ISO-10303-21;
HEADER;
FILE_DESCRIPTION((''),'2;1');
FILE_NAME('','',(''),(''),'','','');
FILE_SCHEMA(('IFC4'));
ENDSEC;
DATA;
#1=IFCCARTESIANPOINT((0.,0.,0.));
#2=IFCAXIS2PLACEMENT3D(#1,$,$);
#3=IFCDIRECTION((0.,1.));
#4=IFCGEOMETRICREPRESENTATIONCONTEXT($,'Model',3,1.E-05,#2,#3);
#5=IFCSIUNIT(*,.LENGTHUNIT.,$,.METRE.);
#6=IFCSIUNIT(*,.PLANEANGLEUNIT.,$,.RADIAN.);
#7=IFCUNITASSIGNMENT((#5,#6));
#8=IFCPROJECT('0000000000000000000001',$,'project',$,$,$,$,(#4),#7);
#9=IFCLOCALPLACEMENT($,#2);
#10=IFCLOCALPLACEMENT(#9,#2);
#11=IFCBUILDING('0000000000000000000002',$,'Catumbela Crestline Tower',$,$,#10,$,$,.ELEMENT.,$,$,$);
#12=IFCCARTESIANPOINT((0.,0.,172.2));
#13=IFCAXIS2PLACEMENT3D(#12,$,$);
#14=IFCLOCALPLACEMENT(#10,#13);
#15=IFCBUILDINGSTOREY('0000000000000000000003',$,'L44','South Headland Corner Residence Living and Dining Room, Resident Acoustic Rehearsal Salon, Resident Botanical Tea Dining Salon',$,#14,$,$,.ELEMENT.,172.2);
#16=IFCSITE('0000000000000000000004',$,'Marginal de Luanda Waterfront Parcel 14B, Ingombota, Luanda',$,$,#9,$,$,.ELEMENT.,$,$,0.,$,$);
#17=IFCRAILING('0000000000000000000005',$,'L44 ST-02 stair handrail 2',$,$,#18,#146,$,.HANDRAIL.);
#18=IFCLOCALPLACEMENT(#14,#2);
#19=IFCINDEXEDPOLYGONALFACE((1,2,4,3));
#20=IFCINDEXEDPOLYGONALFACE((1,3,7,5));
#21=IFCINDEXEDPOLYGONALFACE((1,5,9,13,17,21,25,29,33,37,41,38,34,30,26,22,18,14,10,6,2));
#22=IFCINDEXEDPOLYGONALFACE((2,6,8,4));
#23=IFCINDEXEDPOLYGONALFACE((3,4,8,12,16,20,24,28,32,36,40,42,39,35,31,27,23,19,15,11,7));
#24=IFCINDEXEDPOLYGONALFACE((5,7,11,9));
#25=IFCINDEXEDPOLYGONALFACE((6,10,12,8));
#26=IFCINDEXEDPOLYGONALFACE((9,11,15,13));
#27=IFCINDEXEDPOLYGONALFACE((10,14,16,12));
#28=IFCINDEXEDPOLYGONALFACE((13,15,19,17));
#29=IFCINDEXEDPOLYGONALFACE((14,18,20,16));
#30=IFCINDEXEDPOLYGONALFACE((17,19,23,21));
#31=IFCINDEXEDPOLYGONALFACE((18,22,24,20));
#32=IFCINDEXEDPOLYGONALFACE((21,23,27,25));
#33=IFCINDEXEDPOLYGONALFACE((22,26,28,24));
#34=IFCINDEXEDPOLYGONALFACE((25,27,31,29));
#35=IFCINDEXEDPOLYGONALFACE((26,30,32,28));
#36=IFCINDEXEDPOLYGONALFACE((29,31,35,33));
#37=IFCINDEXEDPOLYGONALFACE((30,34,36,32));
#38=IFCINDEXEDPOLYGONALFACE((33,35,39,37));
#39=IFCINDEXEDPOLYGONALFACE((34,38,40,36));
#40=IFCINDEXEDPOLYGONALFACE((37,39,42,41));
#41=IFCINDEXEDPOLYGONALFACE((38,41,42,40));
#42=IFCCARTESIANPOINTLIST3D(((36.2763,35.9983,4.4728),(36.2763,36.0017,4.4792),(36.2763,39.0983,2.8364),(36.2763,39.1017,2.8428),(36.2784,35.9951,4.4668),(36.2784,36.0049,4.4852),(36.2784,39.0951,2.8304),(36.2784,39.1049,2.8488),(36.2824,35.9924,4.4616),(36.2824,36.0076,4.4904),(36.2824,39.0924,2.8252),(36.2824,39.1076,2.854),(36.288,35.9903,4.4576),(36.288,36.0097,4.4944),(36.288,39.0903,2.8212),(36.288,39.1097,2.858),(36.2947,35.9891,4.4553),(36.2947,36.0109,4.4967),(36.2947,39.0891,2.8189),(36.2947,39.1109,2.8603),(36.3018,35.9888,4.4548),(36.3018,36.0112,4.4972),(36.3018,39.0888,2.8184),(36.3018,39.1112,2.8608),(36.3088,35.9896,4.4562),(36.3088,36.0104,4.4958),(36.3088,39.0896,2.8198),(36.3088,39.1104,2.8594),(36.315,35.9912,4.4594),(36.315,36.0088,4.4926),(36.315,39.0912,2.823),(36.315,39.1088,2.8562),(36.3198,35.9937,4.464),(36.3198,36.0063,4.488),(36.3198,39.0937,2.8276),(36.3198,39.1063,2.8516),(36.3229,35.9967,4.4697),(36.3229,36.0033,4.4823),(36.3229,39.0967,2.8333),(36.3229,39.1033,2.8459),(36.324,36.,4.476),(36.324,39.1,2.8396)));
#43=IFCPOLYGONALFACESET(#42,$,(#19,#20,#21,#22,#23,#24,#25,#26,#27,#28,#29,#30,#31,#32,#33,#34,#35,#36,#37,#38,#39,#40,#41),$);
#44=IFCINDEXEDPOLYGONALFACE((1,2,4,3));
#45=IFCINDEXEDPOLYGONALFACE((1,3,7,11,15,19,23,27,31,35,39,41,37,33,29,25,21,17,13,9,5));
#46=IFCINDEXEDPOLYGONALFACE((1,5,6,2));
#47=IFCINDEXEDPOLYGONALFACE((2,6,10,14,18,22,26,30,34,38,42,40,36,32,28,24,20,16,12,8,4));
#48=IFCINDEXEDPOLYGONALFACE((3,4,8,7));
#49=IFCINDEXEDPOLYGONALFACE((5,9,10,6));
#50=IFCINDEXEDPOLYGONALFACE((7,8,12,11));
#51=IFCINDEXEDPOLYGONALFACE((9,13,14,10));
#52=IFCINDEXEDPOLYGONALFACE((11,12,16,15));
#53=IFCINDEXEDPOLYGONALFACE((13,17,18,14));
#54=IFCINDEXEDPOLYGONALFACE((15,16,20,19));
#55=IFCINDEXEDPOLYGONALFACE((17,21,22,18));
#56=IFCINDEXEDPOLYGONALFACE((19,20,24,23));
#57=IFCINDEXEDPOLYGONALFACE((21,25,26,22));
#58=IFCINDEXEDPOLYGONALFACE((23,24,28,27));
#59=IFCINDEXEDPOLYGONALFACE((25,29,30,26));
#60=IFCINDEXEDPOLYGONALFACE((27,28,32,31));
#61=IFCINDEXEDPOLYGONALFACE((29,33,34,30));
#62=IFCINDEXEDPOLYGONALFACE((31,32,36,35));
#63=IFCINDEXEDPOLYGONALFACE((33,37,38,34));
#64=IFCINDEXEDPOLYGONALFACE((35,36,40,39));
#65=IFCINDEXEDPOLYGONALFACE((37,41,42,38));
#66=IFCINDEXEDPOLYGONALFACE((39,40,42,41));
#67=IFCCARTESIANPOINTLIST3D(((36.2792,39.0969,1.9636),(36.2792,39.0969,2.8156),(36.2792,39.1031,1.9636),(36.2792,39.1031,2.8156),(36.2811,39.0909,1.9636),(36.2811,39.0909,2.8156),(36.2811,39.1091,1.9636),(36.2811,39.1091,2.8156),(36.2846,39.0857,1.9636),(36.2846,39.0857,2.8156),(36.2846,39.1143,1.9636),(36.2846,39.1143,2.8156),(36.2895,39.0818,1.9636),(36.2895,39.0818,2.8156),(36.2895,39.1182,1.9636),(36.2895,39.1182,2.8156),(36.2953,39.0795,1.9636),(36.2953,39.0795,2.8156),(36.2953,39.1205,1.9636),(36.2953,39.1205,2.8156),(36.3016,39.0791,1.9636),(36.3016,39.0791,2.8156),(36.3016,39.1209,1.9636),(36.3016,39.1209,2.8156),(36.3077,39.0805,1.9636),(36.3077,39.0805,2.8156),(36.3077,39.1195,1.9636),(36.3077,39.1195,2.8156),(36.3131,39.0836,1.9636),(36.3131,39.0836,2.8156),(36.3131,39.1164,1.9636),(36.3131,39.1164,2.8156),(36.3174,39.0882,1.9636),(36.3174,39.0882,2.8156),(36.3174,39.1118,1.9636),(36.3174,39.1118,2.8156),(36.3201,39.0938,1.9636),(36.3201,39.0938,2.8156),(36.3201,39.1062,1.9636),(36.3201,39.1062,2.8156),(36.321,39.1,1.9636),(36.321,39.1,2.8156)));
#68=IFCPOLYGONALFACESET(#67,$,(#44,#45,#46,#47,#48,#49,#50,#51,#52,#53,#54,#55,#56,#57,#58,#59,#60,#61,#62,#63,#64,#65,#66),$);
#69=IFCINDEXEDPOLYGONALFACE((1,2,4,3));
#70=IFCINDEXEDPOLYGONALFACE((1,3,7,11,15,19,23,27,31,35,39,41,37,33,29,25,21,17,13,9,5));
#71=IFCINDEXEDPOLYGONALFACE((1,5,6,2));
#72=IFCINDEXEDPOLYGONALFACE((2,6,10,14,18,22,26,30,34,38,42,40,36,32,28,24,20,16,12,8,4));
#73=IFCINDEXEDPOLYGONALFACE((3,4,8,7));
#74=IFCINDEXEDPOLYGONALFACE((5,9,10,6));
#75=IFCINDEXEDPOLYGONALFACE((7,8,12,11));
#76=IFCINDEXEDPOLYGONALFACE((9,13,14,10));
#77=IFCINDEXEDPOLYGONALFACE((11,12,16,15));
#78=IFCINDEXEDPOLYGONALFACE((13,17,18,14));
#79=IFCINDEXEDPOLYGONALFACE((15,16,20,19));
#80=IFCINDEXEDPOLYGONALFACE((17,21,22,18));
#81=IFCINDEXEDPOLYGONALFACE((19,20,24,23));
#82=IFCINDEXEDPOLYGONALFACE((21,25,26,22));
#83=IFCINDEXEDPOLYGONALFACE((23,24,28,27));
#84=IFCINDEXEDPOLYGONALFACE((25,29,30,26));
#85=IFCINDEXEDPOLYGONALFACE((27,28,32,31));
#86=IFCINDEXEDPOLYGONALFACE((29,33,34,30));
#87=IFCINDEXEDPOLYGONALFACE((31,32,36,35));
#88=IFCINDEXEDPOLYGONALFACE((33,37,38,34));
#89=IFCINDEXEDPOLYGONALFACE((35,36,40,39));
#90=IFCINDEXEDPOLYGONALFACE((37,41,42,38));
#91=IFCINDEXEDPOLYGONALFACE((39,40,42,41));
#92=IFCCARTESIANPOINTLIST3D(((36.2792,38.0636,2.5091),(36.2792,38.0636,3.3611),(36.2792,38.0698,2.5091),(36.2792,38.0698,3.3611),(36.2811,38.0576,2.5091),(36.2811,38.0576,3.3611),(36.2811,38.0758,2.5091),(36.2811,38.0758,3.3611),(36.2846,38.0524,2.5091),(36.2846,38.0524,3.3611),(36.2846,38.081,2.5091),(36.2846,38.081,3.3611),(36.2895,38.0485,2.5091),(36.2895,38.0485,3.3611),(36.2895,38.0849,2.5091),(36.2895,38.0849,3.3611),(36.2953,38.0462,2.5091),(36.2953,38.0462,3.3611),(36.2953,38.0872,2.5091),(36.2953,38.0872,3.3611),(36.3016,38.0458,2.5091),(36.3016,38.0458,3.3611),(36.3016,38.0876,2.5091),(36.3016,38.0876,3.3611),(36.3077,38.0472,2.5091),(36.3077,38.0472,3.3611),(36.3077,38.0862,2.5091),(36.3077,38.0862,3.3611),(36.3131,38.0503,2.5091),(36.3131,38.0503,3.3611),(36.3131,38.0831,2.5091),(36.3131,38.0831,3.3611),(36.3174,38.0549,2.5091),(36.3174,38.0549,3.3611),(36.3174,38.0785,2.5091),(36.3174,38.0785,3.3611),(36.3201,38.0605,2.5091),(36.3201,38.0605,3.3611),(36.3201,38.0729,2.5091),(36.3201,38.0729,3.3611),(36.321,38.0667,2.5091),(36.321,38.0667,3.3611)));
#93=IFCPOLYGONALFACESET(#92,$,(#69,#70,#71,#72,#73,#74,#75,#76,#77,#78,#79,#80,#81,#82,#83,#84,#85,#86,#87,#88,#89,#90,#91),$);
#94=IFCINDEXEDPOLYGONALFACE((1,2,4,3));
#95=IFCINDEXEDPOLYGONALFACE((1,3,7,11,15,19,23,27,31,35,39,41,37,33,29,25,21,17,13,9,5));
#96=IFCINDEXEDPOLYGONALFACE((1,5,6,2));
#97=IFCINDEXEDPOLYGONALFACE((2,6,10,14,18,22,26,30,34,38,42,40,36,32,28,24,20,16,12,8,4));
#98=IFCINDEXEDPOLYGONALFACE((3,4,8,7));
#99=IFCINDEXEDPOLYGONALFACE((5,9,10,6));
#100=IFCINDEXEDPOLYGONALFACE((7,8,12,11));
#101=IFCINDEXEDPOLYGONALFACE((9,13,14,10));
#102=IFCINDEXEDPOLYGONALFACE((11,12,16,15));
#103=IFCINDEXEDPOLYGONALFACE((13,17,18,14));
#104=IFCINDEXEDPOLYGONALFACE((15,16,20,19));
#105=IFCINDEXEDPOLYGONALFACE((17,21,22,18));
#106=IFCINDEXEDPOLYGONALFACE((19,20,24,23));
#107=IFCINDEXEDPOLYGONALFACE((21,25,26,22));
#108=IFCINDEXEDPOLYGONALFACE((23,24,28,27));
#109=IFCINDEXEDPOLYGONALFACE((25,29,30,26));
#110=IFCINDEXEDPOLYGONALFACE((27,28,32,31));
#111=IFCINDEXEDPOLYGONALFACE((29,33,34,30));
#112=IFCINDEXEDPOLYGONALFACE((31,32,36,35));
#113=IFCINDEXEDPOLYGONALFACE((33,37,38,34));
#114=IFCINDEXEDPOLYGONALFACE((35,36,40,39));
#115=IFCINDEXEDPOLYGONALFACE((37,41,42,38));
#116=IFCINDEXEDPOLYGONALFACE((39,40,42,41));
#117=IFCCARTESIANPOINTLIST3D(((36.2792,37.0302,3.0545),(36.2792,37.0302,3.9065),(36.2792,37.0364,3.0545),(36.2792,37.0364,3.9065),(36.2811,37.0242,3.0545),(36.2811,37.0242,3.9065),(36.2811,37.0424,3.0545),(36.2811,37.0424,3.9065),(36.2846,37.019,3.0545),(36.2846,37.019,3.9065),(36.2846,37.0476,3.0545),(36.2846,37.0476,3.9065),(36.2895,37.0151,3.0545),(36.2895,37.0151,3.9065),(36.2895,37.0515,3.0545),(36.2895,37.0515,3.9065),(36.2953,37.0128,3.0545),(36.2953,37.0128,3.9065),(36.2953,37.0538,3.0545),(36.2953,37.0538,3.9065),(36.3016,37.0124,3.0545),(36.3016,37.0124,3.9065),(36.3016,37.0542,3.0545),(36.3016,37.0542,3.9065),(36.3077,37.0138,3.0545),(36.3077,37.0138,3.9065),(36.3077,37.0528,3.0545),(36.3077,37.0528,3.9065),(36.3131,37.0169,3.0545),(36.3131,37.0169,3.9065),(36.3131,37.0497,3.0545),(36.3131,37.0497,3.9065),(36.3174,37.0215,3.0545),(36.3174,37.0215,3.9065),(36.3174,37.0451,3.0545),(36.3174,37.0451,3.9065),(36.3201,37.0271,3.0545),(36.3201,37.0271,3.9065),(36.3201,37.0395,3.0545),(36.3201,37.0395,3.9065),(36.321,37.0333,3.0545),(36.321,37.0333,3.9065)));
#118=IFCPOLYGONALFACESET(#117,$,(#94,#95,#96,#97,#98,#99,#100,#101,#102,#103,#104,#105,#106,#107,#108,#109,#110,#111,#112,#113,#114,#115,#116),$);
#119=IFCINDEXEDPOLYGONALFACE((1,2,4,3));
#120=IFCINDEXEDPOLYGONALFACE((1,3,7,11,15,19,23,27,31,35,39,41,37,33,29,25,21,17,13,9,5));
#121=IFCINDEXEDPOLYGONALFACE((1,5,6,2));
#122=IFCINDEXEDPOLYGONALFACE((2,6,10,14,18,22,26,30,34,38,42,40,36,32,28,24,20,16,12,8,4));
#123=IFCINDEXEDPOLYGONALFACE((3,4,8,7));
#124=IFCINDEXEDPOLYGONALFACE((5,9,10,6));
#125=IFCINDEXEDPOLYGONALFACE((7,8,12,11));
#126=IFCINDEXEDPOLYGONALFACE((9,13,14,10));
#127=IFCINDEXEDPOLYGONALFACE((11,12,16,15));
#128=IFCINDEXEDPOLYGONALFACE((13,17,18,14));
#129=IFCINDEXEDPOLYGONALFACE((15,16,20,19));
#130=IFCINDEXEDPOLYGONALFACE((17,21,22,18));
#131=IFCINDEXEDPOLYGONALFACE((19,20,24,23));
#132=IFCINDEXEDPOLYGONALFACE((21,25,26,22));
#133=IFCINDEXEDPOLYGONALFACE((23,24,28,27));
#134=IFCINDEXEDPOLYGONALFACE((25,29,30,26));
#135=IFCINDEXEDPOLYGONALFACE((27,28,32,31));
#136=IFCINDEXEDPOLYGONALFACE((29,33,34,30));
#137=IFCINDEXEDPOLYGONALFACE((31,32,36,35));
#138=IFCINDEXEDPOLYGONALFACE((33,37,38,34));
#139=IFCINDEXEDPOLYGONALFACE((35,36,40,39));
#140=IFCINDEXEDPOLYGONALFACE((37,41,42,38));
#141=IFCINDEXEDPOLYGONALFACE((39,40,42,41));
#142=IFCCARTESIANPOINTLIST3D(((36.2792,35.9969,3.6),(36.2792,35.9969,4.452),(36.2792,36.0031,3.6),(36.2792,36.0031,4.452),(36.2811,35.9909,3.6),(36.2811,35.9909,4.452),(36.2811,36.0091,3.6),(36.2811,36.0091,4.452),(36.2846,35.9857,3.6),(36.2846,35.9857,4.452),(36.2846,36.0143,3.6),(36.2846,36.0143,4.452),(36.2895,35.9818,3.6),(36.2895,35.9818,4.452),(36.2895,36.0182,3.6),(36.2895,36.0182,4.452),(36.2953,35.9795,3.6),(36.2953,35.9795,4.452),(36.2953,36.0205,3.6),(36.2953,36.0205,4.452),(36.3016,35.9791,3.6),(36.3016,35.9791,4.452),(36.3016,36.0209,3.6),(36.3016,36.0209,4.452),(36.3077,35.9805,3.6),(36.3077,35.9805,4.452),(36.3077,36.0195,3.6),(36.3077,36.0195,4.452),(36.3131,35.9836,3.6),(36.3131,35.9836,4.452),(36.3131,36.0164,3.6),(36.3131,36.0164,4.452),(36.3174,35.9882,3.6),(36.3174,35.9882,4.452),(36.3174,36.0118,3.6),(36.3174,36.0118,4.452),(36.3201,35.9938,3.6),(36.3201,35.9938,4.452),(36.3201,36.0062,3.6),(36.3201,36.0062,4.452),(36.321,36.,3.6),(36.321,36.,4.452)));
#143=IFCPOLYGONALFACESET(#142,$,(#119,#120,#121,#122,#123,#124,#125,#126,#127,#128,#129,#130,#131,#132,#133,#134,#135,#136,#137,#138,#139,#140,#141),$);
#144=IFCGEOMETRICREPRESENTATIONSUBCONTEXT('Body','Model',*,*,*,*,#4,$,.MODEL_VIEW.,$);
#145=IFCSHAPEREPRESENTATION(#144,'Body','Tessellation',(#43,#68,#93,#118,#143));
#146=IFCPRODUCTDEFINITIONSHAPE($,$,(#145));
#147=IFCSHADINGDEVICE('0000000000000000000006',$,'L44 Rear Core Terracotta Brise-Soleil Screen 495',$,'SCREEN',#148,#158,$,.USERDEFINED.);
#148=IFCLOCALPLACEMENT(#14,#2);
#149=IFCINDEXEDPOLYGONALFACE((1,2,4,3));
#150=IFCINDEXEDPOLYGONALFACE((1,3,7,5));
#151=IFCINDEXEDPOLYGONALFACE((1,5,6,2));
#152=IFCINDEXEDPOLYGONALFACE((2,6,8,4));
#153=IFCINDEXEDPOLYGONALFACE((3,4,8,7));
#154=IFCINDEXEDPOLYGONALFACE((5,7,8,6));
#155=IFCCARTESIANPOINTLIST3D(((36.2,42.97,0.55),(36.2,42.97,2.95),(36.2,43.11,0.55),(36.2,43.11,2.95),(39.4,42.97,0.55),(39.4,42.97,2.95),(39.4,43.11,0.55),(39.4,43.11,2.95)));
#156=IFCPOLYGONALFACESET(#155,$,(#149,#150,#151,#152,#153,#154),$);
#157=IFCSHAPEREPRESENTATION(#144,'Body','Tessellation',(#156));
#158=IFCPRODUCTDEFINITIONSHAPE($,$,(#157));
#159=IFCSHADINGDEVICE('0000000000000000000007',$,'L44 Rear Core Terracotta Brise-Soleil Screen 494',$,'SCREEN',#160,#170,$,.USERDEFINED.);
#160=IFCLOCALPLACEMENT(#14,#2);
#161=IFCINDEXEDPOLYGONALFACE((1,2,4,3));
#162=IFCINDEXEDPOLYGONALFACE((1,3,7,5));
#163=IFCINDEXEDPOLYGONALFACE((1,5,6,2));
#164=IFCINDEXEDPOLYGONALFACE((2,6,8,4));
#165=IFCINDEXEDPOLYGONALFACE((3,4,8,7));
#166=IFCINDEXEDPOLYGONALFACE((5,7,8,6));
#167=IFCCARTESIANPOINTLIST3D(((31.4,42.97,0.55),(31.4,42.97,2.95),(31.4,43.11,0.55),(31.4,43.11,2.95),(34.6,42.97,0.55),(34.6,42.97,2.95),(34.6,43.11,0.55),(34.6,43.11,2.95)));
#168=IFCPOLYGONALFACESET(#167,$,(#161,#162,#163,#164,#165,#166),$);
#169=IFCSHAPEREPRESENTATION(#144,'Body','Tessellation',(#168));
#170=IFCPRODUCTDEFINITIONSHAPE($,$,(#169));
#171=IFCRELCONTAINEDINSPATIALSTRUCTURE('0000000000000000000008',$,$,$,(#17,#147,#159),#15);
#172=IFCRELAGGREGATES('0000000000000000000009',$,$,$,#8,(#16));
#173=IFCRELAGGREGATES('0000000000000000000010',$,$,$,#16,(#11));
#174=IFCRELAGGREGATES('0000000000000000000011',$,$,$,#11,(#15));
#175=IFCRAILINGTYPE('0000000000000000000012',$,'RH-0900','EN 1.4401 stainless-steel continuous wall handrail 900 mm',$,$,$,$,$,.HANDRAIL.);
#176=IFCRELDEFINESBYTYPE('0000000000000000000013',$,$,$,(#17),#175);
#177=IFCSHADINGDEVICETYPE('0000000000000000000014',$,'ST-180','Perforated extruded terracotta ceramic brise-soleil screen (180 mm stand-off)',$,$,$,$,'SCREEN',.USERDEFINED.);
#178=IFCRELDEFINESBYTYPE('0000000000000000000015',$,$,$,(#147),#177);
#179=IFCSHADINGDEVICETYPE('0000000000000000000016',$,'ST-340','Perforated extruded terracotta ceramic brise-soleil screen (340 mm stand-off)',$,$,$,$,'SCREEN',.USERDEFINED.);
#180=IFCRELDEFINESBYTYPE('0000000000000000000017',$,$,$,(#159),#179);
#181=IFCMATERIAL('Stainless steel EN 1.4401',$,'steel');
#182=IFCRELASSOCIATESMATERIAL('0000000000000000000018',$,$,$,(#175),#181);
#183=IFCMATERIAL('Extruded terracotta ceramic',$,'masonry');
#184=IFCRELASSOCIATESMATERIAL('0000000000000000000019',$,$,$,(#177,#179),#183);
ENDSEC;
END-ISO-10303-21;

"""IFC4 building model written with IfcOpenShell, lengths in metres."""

from ifc_helpers import new_model, si_unit, direction, frame, origin, origin_2d, place, context, subcontext, project, spatial, rectangle, circle, extrude, material, type_object, element, save


model = new_model("IFC4")

# Units and contexts
model_context = context("Model", 3, precision=1e-05, world=origin(), true_north=direction((0.0, 1.0)))
body_context = subcontext(model_context, "Body", "Model", "MODEL_VIEW")
ifc_project = project(units=[si_unit("LENGTHUNIT", "METRE"), si_unit("PLANEANGLEUNIT", "RADIAN")], contexts=[model_context])

# Site, building, storey
site_placement = place(None, origin())
site = spatial("IfcSite", under=ifc_project, at=site_placement, Name="Marginal de Luanda Waterfront Parcel 14B, Ingombota, Luanda", CompositionType="ELEMENT", RefElevation=0.0)
building_placement = place(site_placement, origin())
building = spatial("IfcBuilding", under=site, at=building_placement, Name="Catumbela Crestline Tower", CompositionType="ELEMENT")
storey_placement = place(building_placement, frame((0.0, 0.0, 172.2)))
storey = spatial("IfcBuildingStorey", under=building, at=storey_placement, Name="L44", Description="South Headland Corner Residence Living and Dining Room, Resident Acoustic Rehearsal Salon, Resident Botanical Tea Dining Salon", CompositionType="ELEMENT", Elevation=172.2)

# Shared definitions
ifc_material_1 = material(Name="Stainless steel EN 1.4401", Category="steel")

# Railing
railing_type_1 = type_object("IfcRailingType", Name="RH-0900", Description="EN 1.4401 stainless-steel continuous wall handrail 900 mm", PredefinedType="HANDRAIL", material=ifc_material_1)
railing_1_placement = place(storey_placement, frame((36.3, 39.1, 1.9636)))
element("IfcRailing", 1, at=railing_1_placement, inside=storey, type_object=railing_type_1, Name="L44 ST-02 stair handrail 2", PredefinedType="HANDRAIL", context=body_context, shape_type="SweptSolid", body=[
    extrude(circle(Radius=0.024, at=origin_2d()), frame((0.0, 0.0, 0.876), z_axis=(0.0, -0.884351, 0.466823), x_axis=(1.0, 0.0, 0.0)), (0.0, 0.0, 1.0), 3.5054),
    extrude(circle(Radius=0.021, at=origin_2d()), origin(), (0.0, 0.0, 1.0), 0.852),
    extrude(circle(Radius=0.021, at=origin_2d()), frame((0.0, -1.0333, 0.5455)), (0.0, 0.0, 1.0), 0.852),
    extrude(circle(Radius=0.021, at=origin_2d()), frame((0.0, -2.0667, 1.0909)), (0.0, 0.0, 1.0), 0.852),
    extrude(circle(Radius=0.021, at=origin_2d()), frame((0.0, -3.1, 1.6364)), (0.0, 0.0, 1.0), 0.852),
])

# Shading devices
ifc_material_2 = material(Name="Extruded terracotta ceramic", Category="masonry")
shading_device_type_1 = type_object("IfcShadingDeviceType", Name="ST-180", Description="Perforated extruded terracotta ceramic brise-soleil screen (180 mm stand-off)", ElementType="SCREEN", PredefinedType="USERDEFINED", material=ifc_material_2)
shading_device_1_placement = place(storey_placement, frame((37.8, 43.04, 0.55), z_axis=(0.0, 0.0, 1.0), x_axis=(1.0, 0.0, 0.0)))
element("IfcShadingDevice", 2, at=shading_device_1_placement, inside=storey, type_object=shading_device_type_1, Name="L44 Rear Core Terracotta Brise-Soleil Screen 495", ObjectType="SCREEN", PredefinedType="USERDEFINED", context=body_context, shape_type="SweptSolid", body=[
    extrude(rectangle(XDim=3.2, YDim=0.14, at=origin_2d()), origin(), (0.0, 0.0, 1.0), 2.4),
])
shading_device_type_2 = type_object("IfcShadingDeviceType", Name="ST-340", Description="Perforated extruded terracotta ceramic brise-soleil screen (340 mm stand-off)", ElementType="SCREEN", PredefinedType="USERDEFINED", material=ifc_material_2)
shading_device_2_placement = place(storey_placement, frame((33.0, 43.04, 0.55), z_axis=(0.0, 0.0, 1.0), x_axis=(1.0, 0.0, 0.0)))
element("IfcShadingDevice", 3, at=shading_device_2_placement, inside=storey, type_object=shading_device_type_2, Name="L44 Rear Core Terracotta Brise-Soleil Screen 494", ObjectType="SCREEN", PredefinedType="USERDEFINED", context=body_context, shape_type="SweptSolid", body=[
    extrude(rectangle(XDim=3.2, YDim=0.14, at=origin_2d()), origin(), (0.0, 0.0, 1.0), 2.4),
])

save(model, "model.ifc")
